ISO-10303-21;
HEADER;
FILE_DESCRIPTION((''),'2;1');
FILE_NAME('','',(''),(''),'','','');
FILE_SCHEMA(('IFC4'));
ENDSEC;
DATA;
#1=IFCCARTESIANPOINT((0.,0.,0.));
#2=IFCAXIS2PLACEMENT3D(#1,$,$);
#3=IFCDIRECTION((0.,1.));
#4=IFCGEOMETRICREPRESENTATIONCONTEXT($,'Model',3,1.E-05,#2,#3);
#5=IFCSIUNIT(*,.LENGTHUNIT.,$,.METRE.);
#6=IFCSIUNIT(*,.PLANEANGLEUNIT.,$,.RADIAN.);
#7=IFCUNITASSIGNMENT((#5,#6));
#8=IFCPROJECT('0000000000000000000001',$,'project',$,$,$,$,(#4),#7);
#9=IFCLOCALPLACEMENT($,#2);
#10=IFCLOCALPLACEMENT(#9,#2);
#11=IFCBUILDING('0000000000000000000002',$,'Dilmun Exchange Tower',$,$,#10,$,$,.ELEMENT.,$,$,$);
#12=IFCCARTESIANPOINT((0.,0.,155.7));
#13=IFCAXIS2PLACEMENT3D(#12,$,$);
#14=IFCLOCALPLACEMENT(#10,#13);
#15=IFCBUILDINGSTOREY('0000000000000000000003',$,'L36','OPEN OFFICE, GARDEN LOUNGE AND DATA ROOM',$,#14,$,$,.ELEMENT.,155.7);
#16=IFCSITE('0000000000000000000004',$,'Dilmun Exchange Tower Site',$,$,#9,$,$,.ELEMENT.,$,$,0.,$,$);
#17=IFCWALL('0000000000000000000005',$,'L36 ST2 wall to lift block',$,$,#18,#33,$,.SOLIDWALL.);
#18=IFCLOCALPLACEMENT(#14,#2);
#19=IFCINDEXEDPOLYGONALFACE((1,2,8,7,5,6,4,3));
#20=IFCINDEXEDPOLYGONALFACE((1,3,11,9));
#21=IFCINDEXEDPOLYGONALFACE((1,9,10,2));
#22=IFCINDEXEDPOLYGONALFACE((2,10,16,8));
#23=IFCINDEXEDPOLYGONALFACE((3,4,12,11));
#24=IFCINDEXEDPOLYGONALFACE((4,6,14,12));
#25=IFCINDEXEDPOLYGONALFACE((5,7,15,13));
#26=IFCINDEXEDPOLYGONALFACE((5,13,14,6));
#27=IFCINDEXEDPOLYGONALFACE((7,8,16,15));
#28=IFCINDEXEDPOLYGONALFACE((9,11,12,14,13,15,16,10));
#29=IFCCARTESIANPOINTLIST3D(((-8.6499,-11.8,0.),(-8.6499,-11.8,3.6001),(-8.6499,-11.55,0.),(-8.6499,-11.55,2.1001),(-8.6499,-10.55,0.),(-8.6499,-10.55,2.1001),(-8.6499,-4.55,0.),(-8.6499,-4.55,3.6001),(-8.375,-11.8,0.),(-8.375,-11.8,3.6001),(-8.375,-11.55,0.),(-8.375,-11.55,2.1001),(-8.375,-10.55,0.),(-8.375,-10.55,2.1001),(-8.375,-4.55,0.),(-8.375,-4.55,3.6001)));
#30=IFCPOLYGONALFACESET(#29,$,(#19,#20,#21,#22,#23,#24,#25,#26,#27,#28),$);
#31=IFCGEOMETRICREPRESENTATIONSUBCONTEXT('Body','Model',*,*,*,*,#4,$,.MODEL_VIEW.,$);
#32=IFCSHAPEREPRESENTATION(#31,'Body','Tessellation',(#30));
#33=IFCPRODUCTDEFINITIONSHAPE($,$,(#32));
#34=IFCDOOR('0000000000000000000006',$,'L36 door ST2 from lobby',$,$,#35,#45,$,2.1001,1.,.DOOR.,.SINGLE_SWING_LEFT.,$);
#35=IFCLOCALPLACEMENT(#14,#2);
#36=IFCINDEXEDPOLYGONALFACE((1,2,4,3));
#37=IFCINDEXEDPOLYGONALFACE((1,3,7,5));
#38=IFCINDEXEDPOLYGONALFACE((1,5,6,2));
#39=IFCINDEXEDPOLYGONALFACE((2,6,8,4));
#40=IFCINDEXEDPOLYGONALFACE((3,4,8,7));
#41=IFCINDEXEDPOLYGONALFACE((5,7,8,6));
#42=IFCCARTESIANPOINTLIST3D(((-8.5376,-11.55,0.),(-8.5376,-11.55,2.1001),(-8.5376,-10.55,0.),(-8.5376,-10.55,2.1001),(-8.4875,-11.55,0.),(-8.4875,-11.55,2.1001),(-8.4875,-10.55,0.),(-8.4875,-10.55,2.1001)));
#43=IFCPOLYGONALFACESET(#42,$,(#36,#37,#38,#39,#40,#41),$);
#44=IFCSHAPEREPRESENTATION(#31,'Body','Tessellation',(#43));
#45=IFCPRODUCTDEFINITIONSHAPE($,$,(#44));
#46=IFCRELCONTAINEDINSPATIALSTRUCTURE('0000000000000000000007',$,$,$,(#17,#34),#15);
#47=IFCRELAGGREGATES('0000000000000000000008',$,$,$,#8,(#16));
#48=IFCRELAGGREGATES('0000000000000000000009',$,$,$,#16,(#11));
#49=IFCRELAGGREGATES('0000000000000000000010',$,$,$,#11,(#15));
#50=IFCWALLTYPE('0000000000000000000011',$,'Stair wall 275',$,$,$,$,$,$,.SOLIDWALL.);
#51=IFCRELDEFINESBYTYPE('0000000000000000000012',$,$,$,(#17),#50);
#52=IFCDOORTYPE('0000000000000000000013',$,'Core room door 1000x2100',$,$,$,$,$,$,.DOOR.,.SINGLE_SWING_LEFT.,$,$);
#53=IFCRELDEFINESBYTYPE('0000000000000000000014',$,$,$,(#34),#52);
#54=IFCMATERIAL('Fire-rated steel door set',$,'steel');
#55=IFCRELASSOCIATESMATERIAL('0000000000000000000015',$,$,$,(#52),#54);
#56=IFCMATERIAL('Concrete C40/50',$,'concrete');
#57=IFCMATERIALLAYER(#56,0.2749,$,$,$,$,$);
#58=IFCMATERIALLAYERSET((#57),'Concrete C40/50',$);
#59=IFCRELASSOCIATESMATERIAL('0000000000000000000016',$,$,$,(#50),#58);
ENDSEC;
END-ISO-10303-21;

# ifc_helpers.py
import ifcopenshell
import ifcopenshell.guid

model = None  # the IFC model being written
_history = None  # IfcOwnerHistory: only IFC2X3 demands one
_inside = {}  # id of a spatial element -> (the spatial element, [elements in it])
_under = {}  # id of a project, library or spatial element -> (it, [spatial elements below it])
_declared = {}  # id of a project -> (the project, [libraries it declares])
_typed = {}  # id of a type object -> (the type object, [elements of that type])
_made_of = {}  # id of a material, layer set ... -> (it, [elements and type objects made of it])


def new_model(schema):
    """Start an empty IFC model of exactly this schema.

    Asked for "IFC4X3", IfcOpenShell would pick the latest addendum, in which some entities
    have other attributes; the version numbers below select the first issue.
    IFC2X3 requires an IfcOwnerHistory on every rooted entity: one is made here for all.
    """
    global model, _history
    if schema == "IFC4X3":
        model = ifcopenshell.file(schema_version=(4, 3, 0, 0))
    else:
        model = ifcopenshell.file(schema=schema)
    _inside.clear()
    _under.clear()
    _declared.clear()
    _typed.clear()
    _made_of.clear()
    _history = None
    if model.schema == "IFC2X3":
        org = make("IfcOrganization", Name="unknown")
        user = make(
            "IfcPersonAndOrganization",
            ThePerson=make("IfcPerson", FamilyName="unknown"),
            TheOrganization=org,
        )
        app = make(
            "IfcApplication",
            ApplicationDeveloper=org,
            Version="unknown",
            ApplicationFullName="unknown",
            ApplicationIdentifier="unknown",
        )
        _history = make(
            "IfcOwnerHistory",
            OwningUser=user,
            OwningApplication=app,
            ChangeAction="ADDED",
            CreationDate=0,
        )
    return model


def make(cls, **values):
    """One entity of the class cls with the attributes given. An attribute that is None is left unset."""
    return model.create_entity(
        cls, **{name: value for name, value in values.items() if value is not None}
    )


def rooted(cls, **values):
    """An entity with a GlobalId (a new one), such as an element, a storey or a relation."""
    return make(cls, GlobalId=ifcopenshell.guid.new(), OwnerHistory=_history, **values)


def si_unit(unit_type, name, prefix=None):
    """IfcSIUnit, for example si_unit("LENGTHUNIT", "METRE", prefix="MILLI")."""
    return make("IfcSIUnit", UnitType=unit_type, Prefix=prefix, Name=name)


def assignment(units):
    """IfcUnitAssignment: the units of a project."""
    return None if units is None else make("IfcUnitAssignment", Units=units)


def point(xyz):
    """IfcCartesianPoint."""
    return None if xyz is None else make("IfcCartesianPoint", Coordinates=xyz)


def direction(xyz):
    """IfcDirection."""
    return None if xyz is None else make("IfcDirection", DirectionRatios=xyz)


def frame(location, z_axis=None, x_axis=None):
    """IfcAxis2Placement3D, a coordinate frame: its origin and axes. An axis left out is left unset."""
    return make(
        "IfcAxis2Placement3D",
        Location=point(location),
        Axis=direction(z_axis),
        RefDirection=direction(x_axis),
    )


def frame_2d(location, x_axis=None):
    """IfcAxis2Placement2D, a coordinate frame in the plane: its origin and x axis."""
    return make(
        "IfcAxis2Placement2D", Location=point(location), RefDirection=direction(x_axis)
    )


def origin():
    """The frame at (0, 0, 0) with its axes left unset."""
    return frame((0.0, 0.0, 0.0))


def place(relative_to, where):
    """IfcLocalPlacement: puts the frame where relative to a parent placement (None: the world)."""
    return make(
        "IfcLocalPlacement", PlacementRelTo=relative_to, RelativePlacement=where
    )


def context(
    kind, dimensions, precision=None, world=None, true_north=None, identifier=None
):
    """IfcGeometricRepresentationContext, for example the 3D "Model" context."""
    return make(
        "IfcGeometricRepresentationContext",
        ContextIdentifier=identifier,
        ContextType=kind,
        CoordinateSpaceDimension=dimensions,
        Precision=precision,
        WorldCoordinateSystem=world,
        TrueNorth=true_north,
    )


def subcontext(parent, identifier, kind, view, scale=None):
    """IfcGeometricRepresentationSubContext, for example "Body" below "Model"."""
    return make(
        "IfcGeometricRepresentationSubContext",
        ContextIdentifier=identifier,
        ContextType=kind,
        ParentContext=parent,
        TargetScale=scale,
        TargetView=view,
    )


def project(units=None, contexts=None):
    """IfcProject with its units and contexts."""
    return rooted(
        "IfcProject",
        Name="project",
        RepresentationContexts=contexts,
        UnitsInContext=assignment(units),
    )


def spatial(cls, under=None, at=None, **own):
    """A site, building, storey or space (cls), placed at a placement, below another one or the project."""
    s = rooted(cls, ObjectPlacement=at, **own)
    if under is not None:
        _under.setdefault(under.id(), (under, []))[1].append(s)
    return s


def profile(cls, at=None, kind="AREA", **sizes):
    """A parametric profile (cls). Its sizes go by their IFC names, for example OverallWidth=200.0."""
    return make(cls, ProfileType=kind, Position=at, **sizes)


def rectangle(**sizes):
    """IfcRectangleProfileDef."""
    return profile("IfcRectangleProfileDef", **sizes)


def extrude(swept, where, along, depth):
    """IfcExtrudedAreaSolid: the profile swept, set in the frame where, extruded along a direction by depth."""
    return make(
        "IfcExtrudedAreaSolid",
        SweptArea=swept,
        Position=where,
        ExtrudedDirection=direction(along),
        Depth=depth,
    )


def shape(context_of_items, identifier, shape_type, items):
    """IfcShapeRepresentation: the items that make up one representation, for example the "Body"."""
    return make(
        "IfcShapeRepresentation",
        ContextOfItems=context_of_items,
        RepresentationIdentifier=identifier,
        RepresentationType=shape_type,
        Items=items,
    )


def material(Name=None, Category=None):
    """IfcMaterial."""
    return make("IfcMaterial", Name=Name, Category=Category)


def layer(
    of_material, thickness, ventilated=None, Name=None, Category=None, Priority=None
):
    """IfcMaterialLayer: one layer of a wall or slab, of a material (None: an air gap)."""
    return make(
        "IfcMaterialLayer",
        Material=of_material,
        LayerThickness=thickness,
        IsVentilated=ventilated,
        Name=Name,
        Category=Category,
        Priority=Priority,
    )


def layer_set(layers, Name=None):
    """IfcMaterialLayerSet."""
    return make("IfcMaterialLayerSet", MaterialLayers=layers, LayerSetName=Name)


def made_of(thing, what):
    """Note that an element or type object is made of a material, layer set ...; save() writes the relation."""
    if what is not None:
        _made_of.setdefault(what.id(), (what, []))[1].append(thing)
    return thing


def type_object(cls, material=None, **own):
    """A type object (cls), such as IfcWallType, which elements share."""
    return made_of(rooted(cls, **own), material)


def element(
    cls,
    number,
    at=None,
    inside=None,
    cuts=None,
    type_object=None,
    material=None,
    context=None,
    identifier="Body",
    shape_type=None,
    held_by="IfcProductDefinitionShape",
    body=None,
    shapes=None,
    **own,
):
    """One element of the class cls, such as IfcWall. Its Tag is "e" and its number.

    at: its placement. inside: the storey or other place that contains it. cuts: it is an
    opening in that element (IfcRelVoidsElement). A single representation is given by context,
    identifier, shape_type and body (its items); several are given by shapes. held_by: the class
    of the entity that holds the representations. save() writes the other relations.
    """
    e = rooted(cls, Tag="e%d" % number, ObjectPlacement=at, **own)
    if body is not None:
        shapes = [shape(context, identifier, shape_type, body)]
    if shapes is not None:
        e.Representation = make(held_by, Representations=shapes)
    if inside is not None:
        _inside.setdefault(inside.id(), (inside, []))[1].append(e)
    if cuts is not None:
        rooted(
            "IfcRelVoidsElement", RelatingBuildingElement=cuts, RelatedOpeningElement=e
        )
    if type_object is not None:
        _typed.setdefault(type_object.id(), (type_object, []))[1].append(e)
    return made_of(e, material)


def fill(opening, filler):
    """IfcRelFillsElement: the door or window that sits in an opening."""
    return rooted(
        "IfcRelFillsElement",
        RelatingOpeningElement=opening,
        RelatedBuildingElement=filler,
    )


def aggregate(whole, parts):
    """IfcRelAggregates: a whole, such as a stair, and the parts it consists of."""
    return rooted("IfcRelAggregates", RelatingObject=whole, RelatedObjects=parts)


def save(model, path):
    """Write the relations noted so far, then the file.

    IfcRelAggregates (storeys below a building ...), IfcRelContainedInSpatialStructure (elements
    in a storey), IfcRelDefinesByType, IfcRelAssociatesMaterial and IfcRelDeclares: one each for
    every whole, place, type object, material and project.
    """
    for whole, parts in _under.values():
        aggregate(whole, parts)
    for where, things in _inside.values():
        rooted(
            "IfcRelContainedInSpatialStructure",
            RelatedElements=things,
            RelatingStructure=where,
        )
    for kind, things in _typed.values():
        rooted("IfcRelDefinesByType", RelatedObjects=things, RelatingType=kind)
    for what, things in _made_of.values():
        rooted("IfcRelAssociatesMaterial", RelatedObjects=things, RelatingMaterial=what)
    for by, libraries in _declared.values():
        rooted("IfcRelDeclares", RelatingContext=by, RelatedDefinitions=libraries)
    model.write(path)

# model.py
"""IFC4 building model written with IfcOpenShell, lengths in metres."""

from ifc_helpers import new_model, si_unit, direction, frame, frame_2d, origin, place, context, subcontext, project, spatial, rectangle, extrude, material, layer, layer_set, type_object, element, fill, save


model = new_model("IFC4")

# Units and contexts
model_context = context("Model", 3, precision=1e-05, world=origin(), true_north=direction((0.0, 1.0)))
body_context = subcontext(model_context, "Body", "Model", "MODEL_VIEW")
ifc_project = project(units=[si_unit("LENGTHUNIT", "METRE"), si_unit("PLANEANGLEUNIT", "RADIAN")], contexts=[model_context])

# Site, building, storey
site_placement = place(None, origin())
site = spatial("IfcSite", under=ifc_project, at=site_placement, Name="Dilmun Exchange Tower Site", CompositionType="ELEMENT", RefElevation=0.0)
building_placement = place(site_placement, origin())
building = spatial("IfcBuilding", under=site, at=building_placement, Name="Dilmun Exchange Tower", CompositionType="ELEMENT")
storey_placement = place(building_placement, frame((0.0, 0.0, 155.7)))
storey = spatial("IfcBuildingStorey", under=building, at=storey_placement, Name="L36", Description="OPEN OFFICE, GARDEN LOUNGE AND DATA ROOM", CompositionType="ELEMENT", Elevation=155.7)

# Shared definitions
ifc_material_1 = material(Name="Concrete C40/50", Category="concrete")

# Shared definitions
ifc_material_2 = material(Name="Fire-rated steel door set", Category="steel")

# Shared definitions
door_type_1 = type_object("IfcDoorType", Name="Core room door 1000x2100", OperationType="SINGLE_SWING_LEFT", PredefinedType="DOOR", material=ifc_material_2)

# Wall, opening, door
ifc_layer_1 = layer(ifc_material_1, 0.2749)
ifc_layer_set_1 = layer_set([ifc_layer_1], Name="Concrete C40/50")
wall_type_1 = type_object("IfcWallType", Name="Stair wall 275", PredefinedType="SOLIDWALL", material=ifc_layer_set_1)
wall_1_placement = place(storey_placement, frame((-8.5125, -4.55, 0.0), z_axis=(0.0, 0.0, 1.0), x_axis=(0.0, -1.0, 0.0)))
wall_1 = element("IfcWall", 1, at=wall_1_placement, inside=storey, type_object=wall_type_1, Name="L36 ST2 wall to lift block", PredefinedType="SOLIDWALL", context=body_context, shape_type="SweptSolid", body=[
    extrude(rectangle(XDim=7.25, YDim=0.2749, at=frame_2d((3.625, 0.0))), origin(), (0.0, 0.0, 1.0), 3.6001),
])
opening_1_placement = place(wall_1_placement, frame((6.0, 0.0, 0.0)))
opening_1 = element("IfcOpeningElement", 2, at=opening_1_placement, cuts=wall_1, PredefinedType="OPENING", context=body_context, shape_type="SweptSolid", body=[
    extrude(rectangle(XDim=1.0, YDim=2.1001, at=frame_2d((0.5, 1.05))), frame((0.0, 0.1475, 0.0), z_axis=(0.0, -1.0, 0.0), x_axis=(1.0, 0.0, 0.0)), (0.0, 0.0, 1.0), 0.2949),
])
door_1_placement = place(opening_1_placement, origin())
door_1 = element("IfcDoor", 3, at=door_1_placement, inside=storey, type_object=door_type_1, Name="L36 door ST2 from lobby", OperationType="SINGLE_SWING_LEFT", OverallHeight=2.1001, OverallWidth=1.0, PredefinedType="DOOR", context=body_context, shape_type="SweptSolid", body=[
    extrude(rectangle(XDim=1.0, YDim=2.1001, at=frame_2d((0.5, 1.05))), frame((0.0, 0.0249, 0.0), z_axis=(0.0, -1.0, 0.0), x_axis=(1.0, 0.0, 0.0)), (0.0, 0.0, 1.0), 0.05),
])
fill(opening_1, door_1)

save(model, "model.ifc")
